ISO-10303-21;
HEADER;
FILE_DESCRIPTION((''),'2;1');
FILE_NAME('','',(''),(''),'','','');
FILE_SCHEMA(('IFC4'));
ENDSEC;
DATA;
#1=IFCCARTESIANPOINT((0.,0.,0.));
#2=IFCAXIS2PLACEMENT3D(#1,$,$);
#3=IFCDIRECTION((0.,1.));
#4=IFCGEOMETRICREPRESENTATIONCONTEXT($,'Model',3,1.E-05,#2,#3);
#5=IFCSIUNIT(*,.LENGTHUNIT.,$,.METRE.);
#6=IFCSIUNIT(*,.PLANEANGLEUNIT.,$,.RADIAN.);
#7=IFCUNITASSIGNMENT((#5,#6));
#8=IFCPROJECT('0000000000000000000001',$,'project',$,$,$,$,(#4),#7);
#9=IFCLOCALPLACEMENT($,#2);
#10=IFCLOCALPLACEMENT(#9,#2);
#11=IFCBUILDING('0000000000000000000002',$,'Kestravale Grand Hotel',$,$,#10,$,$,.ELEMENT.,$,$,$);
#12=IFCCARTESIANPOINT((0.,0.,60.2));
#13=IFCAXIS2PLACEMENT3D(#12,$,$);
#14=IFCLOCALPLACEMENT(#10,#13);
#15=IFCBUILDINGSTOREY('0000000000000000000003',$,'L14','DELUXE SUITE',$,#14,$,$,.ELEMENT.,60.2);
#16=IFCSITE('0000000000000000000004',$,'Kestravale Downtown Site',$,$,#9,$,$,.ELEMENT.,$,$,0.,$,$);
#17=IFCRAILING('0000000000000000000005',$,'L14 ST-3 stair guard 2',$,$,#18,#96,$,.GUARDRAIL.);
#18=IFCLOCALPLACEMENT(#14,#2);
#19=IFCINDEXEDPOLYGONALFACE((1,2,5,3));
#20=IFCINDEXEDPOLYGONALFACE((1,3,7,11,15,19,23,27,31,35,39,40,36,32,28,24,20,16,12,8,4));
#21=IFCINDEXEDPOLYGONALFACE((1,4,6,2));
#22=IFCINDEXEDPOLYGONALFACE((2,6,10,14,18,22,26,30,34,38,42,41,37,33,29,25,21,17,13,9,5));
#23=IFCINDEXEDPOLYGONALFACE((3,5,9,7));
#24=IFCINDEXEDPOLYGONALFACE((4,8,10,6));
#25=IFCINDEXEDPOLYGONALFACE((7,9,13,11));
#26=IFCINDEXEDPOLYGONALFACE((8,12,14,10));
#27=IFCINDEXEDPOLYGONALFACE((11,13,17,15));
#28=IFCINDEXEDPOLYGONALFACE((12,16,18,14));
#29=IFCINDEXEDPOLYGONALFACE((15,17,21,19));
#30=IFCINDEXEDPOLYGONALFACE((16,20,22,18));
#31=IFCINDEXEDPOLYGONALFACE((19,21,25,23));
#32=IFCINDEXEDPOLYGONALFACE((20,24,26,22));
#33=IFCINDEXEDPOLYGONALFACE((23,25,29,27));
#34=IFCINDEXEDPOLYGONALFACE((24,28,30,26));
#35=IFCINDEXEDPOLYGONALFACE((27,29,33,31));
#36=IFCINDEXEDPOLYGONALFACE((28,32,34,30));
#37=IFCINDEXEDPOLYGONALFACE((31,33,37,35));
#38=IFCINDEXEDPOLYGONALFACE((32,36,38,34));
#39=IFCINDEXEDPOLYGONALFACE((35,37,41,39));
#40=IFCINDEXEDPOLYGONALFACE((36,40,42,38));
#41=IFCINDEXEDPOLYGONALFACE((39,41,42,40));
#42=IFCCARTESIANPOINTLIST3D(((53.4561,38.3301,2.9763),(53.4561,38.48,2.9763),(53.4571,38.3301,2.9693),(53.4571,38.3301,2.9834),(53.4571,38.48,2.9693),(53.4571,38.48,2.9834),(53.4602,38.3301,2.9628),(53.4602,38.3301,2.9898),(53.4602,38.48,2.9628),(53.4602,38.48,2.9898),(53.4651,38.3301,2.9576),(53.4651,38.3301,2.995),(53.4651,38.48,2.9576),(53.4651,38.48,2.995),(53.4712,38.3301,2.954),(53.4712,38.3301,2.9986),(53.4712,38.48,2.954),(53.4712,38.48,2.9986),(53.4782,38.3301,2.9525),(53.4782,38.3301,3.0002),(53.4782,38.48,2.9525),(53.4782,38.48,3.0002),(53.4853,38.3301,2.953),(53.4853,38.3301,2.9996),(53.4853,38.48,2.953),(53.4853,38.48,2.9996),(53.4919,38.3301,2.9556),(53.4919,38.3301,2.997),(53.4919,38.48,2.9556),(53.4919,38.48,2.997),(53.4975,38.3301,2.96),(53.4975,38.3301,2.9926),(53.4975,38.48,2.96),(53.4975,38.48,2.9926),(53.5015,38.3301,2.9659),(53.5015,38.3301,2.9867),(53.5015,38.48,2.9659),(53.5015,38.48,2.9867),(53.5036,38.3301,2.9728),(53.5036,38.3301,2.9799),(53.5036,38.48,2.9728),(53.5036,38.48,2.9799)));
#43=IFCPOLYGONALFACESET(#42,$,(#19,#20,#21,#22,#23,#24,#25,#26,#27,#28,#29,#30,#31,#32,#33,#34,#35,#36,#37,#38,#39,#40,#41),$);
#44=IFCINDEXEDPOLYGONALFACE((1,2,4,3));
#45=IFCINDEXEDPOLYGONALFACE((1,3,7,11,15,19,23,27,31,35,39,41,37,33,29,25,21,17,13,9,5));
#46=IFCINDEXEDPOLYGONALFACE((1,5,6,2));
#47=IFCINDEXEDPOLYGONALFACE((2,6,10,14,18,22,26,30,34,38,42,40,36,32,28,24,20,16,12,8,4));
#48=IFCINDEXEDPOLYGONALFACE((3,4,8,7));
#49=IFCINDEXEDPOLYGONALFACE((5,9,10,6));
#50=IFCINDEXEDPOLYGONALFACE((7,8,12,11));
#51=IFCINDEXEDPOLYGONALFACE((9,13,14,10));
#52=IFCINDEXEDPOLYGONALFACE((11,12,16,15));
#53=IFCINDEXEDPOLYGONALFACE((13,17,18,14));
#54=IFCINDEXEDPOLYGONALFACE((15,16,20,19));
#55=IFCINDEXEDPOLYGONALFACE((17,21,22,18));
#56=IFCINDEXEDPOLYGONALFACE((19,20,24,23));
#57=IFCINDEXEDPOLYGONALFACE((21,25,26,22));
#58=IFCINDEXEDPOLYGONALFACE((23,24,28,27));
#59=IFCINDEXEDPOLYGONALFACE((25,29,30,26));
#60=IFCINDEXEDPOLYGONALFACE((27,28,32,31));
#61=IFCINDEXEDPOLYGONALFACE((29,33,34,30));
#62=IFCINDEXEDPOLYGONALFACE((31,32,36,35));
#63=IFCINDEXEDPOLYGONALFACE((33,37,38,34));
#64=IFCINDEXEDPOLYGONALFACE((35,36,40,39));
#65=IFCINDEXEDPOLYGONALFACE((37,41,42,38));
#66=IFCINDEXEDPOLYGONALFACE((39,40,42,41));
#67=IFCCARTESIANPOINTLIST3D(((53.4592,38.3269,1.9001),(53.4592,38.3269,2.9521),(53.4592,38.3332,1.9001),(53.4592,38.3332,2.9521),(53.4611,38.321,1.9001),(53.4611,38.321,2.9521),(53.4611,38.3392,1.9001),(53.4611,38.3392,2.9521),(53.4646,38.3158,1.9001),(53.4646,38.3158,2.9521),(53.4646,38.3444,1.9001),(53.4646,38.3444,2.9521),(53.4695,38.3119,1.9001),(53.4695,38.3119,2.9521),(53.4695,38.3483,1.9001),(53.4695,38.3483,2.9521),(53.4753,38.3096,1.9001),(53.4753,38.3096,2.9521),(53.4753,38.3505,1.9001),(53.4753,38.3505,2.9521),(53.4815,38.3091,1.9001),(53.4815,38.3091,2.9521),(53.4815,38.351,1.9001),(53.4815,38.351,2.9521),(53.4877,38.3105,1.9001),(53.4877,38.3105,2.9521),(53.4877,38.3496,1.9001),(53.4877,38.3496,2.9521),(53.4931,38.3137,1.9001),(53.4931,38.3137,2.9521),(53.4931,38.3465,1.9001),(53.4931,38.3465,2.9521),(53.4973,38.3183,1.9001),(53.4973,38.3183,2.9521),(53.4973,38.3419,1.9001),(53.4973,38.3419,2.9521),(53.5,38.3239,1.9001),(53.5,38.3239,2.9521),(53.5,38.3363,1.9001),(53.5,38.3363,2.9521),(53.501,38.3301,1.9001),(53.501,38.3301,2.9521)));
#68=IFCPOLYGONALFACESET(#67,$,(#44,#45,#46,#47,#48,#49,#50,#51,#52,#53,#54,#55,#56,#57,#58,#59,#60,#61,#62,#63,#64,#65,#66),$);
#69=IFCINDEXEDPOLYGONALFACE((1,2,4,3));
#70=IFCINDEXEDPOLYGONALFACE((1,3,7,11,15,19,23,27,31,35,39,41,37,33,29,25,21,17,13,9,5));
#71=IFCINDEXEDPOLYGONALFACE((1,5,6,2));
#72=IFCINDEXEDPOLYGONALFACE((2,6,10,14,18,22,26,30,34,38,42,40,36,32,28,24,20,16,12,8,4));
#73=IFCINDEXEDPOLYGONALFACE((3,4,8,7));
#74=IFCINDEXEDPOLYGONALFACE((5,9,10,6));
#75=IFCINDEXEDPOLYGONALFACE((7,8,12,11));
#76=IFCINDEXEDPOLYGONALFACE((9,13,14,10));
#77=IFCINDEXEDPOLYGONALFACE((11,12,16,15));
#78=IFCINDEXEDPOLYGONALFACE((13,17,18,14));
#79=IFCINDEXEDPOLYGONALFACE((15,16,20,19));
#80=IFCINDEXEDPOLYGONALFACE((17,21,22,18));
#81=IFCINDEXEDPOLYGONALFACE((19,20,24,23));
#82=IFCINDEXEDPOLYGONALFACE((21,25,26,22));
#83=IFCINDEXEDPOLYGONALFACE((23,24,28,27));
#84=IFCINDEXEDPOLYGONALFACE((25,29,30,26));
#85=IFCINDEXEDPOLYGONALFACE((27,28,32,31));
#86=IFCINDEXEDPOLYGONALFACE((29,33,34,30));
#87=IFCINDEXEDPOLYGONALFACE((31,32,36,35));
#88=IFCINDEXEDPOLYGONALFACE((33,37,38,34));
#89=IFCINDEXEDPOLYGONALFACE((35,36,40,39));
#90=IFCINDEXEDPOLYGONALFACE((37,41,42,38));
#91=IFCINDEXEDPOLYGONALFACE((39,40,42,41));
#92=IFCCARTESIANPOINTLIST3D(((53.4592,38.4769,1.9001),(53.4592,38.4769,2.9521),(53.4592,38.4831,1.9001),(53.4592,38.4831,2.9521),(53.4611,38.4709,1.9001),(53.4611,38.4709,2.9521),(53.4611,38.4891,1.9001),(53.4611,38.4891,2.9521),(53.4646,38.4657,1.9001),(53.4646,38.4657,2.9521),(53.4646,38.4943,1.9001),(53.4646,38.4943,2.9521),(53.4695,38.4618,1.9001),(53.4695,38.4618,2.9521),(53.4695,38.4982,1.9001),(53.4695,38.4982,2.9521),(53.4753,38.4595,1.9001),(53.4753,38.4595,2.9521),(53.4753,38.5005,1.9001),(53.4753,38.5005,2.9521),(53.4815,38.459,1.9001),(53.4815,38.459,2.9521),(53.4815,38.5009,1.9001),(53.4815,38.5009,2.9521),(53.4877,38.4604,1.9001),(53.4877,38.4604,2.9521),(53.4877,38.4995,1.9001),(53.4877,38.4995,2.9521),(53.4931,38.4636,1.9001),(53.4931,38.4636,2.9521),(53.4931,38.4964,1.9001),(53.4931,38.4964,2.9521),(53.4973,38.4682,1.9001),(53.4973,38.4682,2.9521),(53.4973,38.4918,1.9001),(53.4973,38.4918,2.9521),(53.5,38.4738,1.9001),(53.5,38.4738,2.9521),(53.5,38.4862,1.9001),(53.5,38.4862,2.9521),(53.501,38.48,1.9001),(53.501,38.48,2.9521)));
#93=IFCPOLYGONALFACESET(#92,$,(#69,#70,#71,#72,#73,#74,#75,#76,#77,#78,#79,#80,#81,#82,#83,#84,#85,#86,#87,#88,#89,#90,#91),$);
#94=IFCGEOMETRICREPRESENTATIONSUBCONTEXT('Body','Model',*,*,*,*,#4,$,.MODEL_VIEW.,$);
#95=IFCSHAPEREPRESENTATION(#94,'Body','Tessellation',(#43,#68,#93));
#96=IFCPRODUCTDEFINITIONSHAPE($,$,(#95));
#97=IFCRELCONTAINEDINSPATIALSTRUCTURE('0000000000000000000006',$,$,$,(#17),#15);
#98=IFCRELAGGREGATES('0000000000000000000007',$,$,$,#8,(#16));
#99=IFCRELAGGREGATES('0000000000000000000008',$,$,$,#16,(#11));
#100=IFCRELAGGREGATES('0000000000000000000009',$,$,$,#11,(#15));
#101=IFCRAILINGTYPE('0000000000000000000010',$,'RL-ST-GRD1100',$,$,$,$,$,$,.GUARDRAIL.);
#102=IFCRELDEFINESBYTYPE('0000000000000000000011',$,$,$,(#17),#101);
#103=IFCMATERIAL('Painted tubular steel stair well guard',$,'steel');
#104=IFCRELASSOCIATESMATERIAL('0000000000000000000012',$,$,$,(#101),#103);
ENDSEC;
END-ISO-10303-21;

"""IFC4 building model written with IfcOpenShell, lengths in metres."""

from ifc_helpers import new_model, si_unit, direction, frame, origin, origin_2d, place, context, subcontext, project, spatial, circle, extrude, material, type_object, element, save


model = new_model("IFC4")

# Units and contexts
model_context = context("Model", 3, precision=1e-05, world=origin(), true_north=direction((0.0, 1.0)))
body_context = subcontext(model_context, "Body", "Model", "MODEL_VIEW")
ifc_project = project(units=[si_unit("LENGTHUNIT", "METRE"), si_unit("PLANEANGLEUNIT", "RADIAN")], contexts=[model_context])

# Site, building, storey
site_placement = place(None, origin())
site = spatial("IfcSite", under=ifc_project, at=site_placement, Name="Kestravale Downtown Site", CompositionType="ELEMENT", RefElevation=0.0)
building_placement = place(site_placement, origin())
building = spatial("IfcBuilding", under=site, at=building_placement, Name="Kestravale Grand Hotel", CompositionType="ELEMENT")
storey_placement = place(building_placement, frame((0.0, 0.0, 60.2)))
storey = spatial("IfcBuildingStorey", under=building, at=storey_placement, Name="L14", Description="DELUXE SUITE", CompositionType="ELEMENT", Elevation=60.2)

# Railing
ifc_material_1 = material(Name="Painted tubular steel stair well guard", Category="steel")
railing_type_1 = type_object("IfcRailingType", Name="RL-ST-GRD1100", PredefinedType="GUARDRAIL", material=ifc_material_1)
railing_1_placement = place(storey_placement, frame((53.48, 38.3301, 1.9001)))
element("IfcRailing", 1, at=railing_1_placement, inside=storey, type_object=railing_type_1, Name="L14 ST-3 stair guard 2", PredefinedType="GUARDRAIL", context=body_context, shape_type="SweptSolid", body=[
    extrude(circle(Radius=0.0239, at=origin_2d()), frame((0.0, 0.0, 1.0762), z_axis=(0.0, 1.0, 0.0), x_axis=(-1.0, 0.0, 0.0)), (0.0, 0.0, 1.0), 0.1499),
    extrude(circle(Radius=0.021, at=origin_2d()), origin(), (0.0, 0.0, 1.0), 1.052),
    extrude(circle(Radius=0.021, at=origin_2d()), frame((0.0, 0.1499, 0.0)), (0.0, 0.0, 1.0), 1.052),
])

save(model, "model.ifc")
